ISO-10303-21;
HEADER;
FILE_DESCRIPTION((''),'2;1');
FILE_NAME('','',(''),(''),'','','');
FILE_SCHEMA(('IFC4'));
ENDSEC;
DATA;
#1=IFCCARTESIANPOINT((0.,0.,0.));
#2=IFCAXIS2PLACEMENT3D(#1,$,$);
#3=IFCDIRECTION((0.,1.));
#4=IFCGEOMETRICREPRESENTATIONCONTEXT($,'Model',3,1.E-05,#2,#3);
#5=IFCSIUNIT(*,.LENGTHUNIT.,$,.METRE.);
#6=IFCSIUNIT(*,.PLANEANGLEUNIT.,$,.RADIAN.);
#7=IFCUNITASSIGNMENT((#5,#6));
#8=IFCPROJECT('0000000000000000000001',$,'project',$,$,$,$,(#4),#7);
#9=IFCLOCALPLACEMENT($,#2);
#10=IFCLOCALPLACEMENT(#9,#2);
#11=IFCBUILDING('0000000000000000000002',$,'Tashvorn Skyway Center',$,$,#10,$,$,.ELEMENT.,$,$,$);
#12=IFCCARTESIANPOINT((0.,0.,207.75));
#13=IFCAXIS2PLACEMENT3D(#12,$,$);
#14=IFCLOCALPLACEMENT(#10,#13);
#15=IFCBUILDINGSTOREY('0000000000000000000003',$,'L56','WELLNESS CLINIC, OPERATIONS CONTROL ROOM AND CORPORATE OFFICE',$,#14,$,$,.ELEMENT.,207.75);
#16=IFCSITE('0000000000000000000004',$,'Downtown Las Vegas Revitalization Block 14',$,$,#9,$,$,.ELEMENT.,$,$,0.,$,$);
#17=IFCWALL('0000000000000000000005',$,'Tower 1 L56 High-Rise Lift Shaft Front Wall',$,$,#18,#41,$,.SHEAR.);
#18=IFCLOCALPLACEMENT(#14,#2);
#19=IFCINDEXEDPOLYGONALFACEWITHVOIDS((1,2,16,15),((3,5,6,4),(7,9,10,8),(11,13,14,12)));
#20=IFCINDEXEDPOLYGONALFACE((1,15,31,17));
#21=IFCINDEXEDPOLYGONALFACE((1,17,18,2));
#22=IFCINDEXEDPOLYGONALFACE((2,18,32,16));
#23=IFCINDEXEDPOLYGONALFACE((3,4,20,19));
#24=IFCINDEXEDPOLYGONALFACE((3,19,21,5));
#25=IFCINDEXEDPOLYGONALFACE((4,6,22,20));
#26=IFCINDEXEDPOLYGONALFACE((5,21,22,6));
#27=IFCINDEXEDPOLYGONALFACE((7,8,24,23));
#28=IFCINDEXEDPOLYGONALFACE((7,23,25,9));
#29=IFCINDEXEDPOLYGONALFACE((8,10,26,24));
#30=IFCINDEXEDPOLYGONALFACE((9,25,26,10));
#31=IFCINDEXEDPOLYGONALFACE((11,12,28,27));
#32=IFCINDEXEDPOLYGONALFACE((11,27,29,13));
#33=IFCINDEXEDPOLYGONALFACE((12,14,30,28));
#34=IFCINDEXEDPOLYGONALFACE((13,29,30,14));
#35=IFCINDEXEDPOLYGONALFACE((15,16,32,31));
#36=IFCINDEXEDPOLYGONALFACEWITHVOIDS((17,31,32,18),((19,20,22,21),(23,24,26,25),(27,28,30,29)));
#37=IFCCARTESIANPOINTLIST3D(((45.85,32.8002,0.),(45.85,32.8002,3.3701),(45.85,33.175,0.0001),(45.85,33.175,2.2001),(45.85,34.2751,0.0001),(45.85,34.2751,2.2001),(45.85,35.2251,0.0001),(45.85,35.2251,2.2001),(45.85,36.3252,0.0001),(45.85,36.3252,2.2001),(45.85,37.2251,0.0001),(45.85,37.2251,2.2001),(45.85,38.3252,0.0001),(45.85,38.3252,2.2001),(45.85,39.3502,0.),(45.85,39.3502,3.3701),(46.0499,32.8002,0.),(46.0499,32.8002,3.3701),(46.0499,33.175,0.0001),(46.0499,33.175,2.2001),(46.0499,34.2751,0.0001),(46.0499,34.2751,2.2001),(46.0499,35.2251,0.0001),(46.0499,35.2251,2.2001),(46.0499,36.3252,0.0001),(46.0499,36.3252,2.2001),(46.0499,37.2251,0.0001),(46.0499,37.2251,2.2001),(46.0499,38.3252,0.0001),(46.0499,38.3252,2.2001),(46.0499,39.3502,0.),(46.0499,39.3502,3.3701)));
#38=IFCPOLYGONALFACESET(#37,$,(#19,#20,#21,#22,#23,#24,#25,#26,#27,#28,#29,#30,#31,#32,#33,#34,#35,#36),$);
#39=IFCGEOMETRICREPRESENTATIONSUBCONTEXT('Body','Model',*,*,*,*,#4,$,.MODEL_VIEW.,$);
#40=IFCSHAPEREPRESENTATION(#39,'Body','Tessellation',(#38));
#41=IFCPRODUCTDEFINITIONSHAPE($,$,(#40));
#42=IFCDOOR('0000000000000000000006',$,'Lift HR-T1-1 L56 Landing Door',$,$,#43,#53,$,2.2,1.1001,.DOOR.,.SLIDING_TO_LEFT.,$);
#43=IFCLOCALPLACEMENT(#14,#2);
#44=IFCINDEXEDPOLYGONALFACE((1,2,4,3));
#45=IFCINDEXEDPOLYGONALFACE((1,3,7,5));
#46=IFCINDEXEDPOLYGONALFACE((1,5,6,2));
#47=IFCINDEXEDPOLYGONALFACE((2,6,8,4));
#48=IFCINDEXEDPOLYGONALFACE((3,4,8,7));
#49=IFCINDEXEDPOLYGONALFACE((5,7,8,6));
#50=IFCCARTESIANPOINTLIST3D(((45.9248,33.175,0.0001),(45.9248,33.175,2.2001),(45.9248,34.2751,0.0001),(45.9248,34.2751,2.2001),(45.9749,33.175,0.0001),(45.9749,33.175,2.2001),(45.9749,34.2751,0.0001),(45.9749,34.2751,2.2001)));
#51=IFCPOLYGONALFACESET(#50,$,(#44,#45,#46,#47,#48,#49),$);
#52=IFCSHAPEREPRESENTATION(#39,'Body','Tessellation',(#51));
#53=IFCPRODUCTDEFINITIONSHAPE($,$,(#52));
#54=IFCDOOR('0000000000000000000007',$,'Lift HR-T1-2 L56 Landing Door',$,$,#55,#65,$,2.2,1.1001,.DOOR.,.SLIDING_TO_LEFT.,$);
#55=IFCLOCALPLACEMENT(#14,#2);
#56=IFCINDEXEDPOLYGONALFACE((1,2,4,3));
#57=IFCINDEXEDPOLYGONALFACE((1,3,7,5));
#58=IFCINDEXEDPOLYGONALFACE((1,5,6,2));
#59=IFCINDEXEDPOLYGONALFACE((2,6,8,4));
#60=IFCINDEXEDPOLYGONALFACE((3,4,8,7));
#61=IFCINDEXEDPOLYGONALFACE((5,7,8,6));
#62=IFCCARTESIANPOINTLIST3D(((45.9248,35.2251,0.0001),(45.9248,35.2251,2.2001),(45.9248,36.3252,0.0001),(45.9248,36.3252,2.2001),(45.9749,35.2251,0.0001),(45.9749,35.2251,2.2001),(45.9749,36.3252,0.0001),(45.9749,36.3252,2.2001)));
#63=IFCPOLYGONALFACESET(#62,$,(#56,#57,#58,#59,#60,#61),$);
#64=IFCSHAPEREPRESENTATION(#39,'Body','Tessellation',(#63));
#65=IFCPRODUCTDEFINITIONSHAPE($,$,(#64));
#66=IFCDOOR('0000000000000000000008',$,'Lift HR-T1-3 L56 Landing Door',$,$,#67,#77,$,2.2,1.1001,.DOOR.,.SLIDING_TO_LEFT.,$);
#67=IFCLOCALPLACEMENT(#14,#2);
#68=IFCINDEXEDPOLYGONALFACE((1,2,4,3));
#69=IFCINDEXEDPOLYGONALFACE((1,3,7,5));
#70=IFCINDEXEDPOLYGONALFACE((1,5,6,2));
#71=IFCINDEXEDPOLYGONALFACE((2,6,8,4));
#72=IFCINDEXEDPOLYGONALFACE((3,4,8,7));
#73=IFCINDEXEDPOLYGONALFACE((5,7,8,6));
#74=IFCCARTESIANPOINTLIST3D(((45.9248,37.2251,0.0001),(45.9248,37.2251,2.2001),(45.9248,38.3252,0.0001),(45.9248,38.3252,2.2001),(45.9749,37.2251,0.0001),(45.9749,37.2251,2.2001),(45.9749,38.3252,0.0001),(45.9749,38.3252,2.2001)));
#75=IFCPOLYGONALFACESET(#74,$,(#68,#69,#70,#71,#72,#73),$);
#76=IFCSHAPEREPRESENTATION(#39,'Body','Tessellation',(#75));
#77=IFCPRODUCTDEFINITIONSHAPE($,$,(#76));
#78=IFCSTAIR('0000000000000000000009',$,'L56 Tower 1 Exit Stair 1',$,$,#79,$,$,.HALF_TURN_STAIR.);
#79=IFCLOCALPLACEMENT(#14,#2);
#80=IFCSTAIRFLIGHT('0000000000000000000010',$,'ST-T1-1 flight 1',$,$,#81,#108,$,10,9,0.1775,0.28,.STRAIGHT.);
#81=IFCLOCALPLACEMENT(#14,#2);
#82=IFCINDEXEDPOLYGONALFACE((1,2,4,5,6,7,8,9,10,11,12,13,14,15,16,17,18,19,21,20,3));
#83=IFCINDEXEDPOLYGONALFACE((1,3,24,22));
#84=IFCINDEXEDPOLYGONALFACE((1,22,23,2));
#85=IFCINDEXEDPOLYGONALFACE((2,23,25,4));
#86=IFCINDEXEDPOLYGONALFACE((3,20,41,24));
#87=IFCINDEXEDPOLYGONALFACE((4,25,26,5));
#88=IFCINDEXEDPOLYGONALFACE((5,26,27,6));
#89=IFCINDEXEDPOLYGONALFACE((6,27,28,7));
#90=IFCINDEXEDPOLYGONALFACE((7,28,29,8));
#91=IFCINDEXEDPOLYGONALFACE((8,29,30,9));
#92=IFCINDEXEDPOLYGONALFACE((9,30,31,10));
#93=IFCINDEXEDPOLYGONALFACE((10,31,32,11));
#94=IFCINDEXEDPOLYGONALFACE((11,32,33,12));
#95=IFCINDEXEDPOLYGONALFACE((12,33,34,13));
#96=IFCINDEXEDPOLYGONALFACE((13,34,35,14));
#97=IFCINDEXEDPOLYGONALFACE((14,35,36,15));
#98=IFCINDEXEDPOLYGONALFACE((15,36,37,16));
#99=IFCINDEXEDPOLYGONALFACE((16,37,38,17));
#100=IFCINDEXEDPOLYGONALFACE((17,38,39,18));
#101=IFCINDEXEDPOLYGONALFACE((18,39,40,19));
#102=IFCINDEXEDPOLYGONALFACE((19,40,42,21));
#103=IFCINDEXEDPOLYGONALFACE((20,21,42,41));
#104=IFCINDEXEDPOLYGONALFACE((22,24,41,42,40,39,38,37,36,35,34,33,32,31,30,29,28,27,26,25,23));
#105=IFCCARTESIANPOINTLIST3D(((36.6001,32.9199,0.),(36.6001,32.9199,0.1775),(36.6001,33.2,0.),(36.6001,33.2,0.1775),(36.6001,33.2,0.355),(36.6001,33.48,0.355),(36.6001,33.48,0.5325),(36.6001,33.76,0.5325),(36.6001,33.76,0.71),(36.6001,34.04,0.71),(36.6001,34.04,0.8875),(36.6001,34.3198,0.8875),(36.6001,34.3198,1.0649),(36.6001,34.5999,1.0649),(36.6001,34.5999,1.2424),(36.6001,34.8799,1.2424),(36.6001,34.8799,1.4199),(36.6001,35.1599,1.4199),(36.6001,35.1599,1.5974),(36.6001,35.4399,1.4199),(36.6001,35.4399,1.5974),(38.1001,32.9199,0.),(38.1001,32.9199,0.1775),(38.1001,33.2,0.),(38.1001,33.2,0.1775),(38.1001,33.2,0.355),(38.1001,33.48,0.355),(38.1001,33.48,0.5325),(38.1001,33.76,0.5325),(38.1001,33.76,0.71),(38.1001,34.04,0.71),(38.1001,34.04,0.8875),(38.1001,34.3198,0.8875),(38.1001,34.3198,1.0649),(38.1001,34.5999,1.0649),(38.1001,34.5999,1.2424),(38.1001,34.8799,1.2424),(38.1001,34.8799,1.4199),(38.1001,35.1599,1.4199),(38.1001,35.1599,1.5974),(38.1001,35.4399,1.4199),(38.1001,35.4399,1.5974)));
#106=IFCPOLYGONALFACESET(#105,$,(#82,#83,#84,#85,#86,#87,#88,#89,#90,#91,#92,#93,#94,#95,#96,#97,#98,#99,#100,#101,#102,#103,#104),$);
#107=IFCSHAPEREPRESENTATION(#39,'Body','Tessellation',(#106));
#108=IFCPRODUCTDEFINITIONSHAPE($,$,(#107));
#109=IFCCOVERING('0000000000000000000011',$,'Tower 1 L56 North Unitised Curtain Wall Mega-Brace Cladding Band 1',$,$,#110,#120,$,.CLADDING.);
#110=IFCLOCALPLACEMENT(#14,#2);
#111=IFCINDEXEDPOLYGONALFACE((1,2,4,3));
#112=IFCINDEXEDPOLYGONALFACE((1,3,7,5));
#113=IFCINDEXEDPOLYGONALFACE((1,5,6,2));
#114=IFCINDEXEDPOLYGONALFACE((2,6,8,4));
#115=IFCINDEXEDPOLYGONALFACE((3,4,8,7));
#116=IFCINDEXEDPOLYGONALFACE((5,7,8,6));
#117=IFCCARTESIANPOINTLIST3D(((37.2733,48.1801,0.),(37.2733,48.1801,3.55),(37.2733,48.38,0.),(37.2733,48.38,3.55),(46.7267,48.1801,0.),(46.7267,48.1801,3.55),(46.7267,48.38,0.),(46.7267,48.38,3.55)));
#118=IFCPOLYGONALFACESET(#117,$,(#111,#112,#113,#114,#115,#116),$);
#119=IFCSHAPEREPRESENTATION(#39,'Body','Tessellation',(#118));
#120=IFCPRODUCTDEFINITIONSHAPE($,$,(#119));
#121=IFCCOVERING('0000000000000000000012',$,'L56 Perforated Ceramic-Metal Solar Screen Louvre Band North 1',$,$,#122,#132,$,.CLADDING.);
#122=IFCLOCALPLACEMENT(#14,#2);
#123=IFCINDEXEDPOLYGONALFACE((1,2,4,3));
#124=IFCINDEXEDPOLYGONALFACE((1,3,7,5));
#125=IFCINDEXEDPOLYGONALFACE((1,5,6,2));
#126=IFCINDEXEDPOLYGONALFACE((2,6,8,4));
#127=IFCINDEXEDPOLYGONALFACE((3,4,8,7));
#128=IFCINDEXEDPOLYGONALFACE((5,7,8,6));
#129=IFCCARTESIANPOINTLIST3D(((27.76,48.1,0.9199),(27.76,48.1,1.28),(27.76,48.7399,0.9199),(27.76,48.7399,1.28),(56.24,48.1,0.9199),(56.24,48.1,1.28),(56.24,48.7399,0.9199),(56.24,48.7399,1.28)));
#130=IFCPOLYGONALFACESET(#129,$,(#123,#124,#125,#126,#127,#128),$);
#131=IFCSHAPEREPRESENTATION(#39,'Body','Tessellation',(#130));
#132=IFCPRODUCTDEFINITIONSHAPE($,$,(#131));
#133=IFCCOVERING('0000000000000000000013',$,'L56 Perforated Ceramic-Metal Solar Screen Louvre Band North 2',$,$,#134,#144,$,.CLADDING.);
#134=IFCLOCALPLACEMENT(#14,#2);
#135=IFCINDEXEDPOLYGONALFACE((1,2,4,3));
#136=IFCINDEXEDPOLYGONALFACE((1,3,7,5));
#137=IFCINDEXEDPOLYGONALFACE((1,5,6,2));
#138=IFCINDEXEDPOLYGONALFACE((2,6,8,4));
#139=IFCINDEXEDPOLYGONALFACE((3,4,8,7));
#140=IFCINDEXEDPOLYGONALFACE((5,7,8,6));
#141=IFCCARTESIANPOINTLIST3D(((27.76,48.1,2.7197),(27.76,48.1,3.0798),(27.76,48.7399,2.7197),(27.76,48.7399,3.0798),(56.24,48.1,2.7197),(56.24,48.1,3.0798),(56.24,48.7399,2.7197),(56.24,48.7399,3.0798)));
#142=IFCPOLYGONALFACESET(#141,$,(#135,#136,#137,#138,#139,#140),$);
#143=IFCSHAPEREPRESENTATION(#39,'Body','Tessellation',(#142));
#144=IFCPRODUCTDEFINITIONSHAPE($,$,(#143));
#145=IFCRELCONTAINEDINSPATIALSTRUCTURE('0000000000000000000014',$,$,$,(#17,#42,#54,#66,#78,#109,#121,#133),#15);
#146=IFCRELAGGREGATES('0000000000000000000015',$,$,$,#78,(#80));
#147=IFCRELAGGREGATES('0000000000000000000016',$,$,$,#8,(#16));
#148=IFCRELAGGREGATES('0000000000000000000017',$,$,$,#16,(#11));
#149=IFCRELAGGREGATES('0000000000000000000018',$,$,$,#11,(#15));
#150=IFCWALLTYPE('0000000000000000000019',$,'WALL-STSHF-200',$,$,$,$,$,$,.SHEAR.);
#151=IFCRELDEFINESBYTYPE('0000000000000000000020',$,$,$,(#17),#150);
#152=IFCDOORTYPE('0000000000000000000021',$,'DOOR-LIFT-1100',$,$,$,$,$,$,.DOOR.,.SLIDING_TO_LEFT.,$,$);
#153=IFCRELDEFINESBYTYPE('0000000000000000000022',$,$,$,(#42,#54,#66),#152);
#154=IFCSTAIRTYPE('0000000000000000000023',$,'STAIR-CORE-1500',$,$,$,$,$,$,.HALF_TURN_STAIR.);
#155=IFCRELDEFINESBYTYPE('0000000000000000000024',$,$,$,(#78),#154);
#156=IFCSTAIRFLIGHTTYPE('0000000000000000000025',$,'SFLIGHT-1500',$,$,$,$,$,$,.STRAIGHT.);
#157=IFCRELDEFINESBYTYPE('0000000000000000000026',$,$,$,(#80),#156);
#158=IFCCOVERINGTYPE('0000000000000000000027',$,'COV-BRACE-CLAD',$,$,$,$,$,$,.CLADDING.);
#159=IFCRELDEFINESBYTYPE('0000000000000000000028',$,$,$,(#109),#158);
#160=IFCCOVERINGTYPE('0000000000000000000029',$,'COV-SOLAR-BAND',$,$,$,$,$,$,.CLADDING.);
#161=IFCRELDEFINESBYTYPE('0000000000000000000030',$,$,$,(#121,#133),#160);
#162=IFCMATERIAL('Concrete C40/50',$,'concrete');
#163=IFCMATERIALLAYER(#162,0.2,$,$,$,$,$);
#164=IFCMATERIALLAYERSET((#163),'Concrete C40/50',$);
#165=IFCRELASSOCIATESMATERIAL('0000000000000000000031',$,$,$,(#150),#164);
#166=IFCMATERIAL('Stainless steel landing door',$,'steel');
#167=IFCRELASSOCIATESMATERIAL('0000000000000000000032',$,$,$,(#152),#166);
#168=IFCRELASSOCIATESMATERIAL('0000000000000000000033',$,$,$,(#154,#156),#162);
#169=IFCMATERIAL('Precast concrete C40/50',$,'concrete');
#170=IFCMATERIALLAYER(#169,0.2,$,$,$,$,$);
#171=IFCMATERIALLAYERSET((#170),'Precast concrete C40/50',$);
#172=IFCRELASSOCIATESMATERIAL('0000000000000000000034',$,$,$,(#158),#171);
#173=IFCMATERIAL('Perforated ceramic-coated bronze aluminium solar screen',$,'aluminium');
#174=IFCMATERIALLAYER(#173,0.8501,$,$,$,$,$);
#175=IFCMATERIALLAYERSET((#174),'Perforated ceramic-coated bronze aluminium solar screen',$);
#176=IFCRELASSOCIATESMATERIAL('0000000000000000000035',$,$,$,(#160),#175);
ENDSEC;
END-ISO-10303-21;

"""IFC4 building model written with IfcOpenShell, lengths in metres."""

from ifc_helpers import new_model, si_unit, direction, frame, frame_2d, origin, origin_2d, place, context, subcontext, project, spatial, polyline, rectangle, outline, extrude, material, layer, layer_set, type_object, element, fill, aggregate, save


model = new_model("IFC4")

# Units and contexts
model_context = context("Model", 3, precision=1e-05, world=origin(), true_north=direction((0.0, 1.0)))
body_context = subcontext(model_context, "Body", "Model", "MODEL_VIEW")
ifc_project = project(units=[si_unit("LENGTHUNIT", "METRE"), si_unit("PLANEANGLEUNIT", "RADIAN")], contexts=[model_context])

# Site, building, storey
site_placement = place(None, origin())
site = spatial("IfcSite", under=ifc_project, at=site_placement, Name="Downtown Las Vegas Revitalization Block 14", CompositionType="ELEMENT", RefElevation=0.0)
building_placement = place(site_placement, origin())
building = spatial("IfcBuilding", under=site, at=building_placement, Name="Tashvorn Skyway Center", CompositionType="ELEMENT")
storey_placement = place(building_placement, frame((0.0, 0.0, 207.75)))
storey = spatial("IfcBuildingStorey", under=building, at=storey_placement, Name="L56", Description="WELLNESS CLINIC, OPERATIONS CONTROL ROOM AND CORPORATE OFFICE", CompositionType="ELEMENT", Elevation=207.75)

# Shared definitions
ifc_material_1 = material(Name="Concrete C40/50", Category="concrete")

# Shared definitions
ifc_layer_1 = layer(ifc_material_1, 0.2)
ifc_layer_set_1 = layer_set([ifc_layer_1], Name="Concrete C40/50")
wall_type_1 = type_object("IfcWallType", Name="WALL-STSHF-200", PredefinedType="SHEAR", material=ifc_layer_set_1)

# Wall, openings, doors
wall_1_placement = place(storey_placement, frame((45.95, 39.3501, 0.0), z_axis=(0.0, 0.0, 1.0), x_axis=(0.0, -1.0, 0.0)))
wall_1 = element("IfcWall", 1, at=wall_1_placement, inside=storey, type_object=wall_type_1, Name="Tower 1 L56 High-Rise Lift Shaft Front Wall", PredefinedType="SHEAR", context=body_context, shape_type="SweptSolid", body=[
    extrude(rectangle(XDim=6.55, YDim=0.2, at=frame_2d((3.2749, 0.0))), origin(), (0.0, 0.0, 1.0), 3.3701),
])
opening_1_placement = place(wall_1_placement, frame((5.075, 0.0, 0.0)))
opening_1 = element("IfcOpeningElement", 2, at=opening_1_placement, cuts=wall_1, PredefinedType="OPENING", context=body_context, shape_type="SweptSolid", body=[
    extrude(rectangle(XDim=1.1001, YDim=2.2, at=frame_2d((0.55, 1.1001))), frame((0.0, 0.1099, 0.0), z_axis=(0.0, -1.0, 0.0), x_axis=(1.0, 0.0, 0.0)), (0.0, 0.0, 1.0), 0.22),
])
opening_2_placement = place(wall_1_placement, frame((3.0249, 0.0, 0.0)))
opening_2 = element("IfcOpeningElement", 3, at=opening_2_placement, cuts=wall_1, PredefinedType="OPENING", context=body_context, shape_type="SweptSolid", body=[
    extrude(rectangle(XDim=1.1001, YDim=2.2, at=frame_2d((0.55, 1.1001))), frame((0.0, 0.1099, 0.0), z_axis=(0.0, -1.0, 0.0), x_axis=(1.0, 0.0, 0.0)), (0.0, 0.0, 1.0), 0.22),
])
opening_3_placement = place(wall_1_placement, frame((1.0249, 0.0, 0.0)))
opening_3 = element("IfcOpeningElement", 4, at=opening_3_placement, cuts=wall_1, PredefinedType="OPENING", context=body_context, shape_type="SweptSolid", body=[
    extrude(rectangle(XDim=1.1001, YDim=2.2, at=frame_2d((0.55, 1.1001))), frame((0.0, 0.1099, 0.0), z_axis=(0.0, -1.0, 0.0), x_axis=(1.0, 0.0, 0.0)), (0.0, 0.0, 1.0), 0.22),
])
ifc_material_2 = material(Name="Stainless steel landing door", Category="steel")
door_type_1 = type_object("IfcDoorType", Name="DOOR-LIFT-1100", OperationType="SLIDING_TO_LEFT", PredefinedType="DOOR", material=ifc_material_2)
door_1_placement = place(opening_1_placement, origin())
door_1 = element("IfcDoor", 5, at=door_1_placement, inside=storey, type_object=door_type_1, Name="Lift HR-T1-1 L56 Landing Door", OperationType="SLIDING_TO_LEFT", OverallHeight=2.2, OverallWidth=1.1001, PredefinedType="DOOR", context=body_context, shape_type="SweptSolid", body=[
    extrude(rectangle(XDim=1.1001, YDim=2.2, at=frame_2d((0.55, 1.1001))), frame((0.0, 0.0249, 0.0), z_axis=(0.0, -1.0, 0.0), x_axis=(1.0, 0.0, 0.0)), (0.0, 0.0, 1.0), 0.05),
])
fill(opening_1, door_1)
door_2_placement = place(opening_2_placement, origin())
door_2 = element("IfcDoor", 6, at=door_2_placement, inside=storey, type_object=door_type_1, Name="Lift HR-T1-2 L56 Landing Door", OperationType="SLIDING_TO_LEFT", OverallHeight=2.2, OverallWidth=1.1001, PredefinedType="DOOR", context=body_context, shape_type="SweptSolid", body=[
    extrude(rectangle(XDim=1.1001, YDim=2.2, at=frame_2d((0.55, 1.1001))), frame((0.0, 0.0249, 0.0), z_axis=(0.0, -1.0, 0.0), x_axis=(1.0, 0.0, 0.0)), (0.0, 0.0, 1.0), 0.05),
])
fill(opening_2, door_2)
door_3_placement = place(opening_3_placement, origin())
door_3 = element("IfcDoor", 7, at=door_3_placement, inside=storey, type_object=door_type_1, Name="Lift HR-T1-3 L56 Landing Door", OperationType="SLIDING_TO_LEFT", OverallHeight=2.2, OverallWidth=1.1001, PredefinedType="DOOR", context=body_context, shape_type="SweptSolid", body=[
    extrude(rectangle(XDim=1.1001, YDim=2.2, at=frame_2d((0.55, 1.1001))), frame((0.0, 0.0249, 0.0), z_axis=(0.0, -1.0, 0.0), x_axis=(1.0, 0.0, 0.0)), (0.0, 0.0, 1.0), 0.05),
])
fill(opening_3, door_3)

# Stair, stair flight
stair_type = type_object("IfcStairType", Name="STAIR-CORE-1500", PredefinedType="HALF_TURN_STAIR", material=ifc_material_1)
stair_placement = place(storey_placement, origin())
stair = element("IfcStair", 8, at=stair_placement, inside=storey, type_object=stair_type, Name="L56 Tower 1 Exit Stair 1", PredefinedType="HALF_TURN_STAIR")
stair_flight_type = type_object("IfcStairFlightType", Name="SFLIGHT-1500", PredefinedType="STRAIGHT", material=ifc_material_1)
stair_flight_placement = place(storey_placement, frame((37.3501, 32.9199, 0.0), z_axis=(0.0, 0.0, 1.0), x_axis=(0.0, 1.0, 0.0)))
stair_flight = element("IfcStairFlight", 9, at=stair_flight_placement, type_object=stair_flight_type, Name="ST-T1-1 flight 1", NumberOfRisers=10, NumberOfTreads=9, PredefinedType="STRAIGHT", RiserHeight=0.1775, TreadLength=0.28, context=body_context, shape_type="SweptSolid", body=[
    extrude(outline(polyline([(0.0, 0.0), (0.0, 0.1775), (0.28, 0.1775), (0.28, 0.355), (0.5601, 0.355), (0.5601, 0.5325), (0.8401, 0.5325), (0.8401, 0.71), (1.1201, 0.71), (1.1201, 0.8875), (1.3999, 0.8875), (1.3999, 1.0649), (1.6799, 1.0649), (1.6799, 1.2424), (1.96, 1.2424), (1.96, 1.4199), (2.24, 1.4199), (2.24, 1.5974), (2.52, 1.5974), (2.52, 1.7749), (2.52, 1.4199), (0.28, 0.0), (0.0, 0.0)])), frame((0.0, 0.75, 0.0), z_axis=(0.0, -1.0, 0.0), x_axis=(1.0, 0.0, 0.0)), (0.0, 0.0, 1.0), 1.5),
])
aggregate(stair, [stair_flight])

# Coverings
ifc_material_3 = material(Name="Precast concrete C40/50", Category="concrete")
ifc_layer_2 = layer(ifc_material_3, 0.2)
ifc_layer_set_2 = layer_set([ifc_layer_2], Name="Precast concrete C40/50")
covering_type_1 = type_object("IfcCoveringType", Name="COV-BRACE-CLAD", PredefinedType="CLADDING", material=ifc_layer_set_2)
covering_placement = place(storey_placement, frame((42.0, 48.28, 0.0), z_axis=(0.0, 0.0, 1.0), x_axis=(1.0, 0.0, 0.0)))
element("IfcCovering", 10, at=covering_placement, inside=storey, type_object=covering_type_1, Name="Tower 1 L56 North Unitised Curtain Wall Mega-Brace Cladding Band 1", PredefinedType="CLADDING", context=body_context, shape_type="SweptSolid", body=[
    extrude(rectangle(XDim=9.4534, YDim=0.2, at=origin_2d()), origin(), (0.0, 0.0, 1.0), 3.55),
])
ifc_material_4 = material(Name="Perforated ceramic-coated bronze aluminium solar screen", Category="aluminium")
ifc_layer_3 = layer(ifc_material_4, 0.8501)
ifc_layer_set_3 = layer_set([ifc_layer_3], Name="Perforated ceramic-coated bronze aluminium solar screen")
covering_type_2 = type_object("IfcCoveringType", Name="COV-SOLAR-BAND", PredefinedType="CLADDING", material=ifc_layer_set_3)
for number, where, z_axis, x_axis, name in (
    (11, (42.0, 48.4199, 0.9199), (0.0, 0.0, 1.0), (1.0, 0.0, 0.0), "L56 Perforated Ceramic-Metal Solar Screen Louvre Band North 1"),
    (12, (42.0, 48.4199, 2.7197), (0.0, 0.0, 1.0), (1.0, 0.0, 0.0), "L56 Perforated Ceramic-Metal Solar Screen Louvre Band North 2"),
):
    element("IfcCovering", number, at=place(storey_placement, frame(where, z_axis=z_axis, x_axis=x_axis)), inside=storey, type_object=covering_type_2, Name=name, PredefinedType="CLADDING", context=body_context, shape_type="SweptSolid", body=[
        extrude(rectangle(XDim=28.48, YDim=0.6399, at=origin_2d()), origin(), (0.0, 0.0, 1.0), 0.3601),
    ])

save(model, "model.ifc")
